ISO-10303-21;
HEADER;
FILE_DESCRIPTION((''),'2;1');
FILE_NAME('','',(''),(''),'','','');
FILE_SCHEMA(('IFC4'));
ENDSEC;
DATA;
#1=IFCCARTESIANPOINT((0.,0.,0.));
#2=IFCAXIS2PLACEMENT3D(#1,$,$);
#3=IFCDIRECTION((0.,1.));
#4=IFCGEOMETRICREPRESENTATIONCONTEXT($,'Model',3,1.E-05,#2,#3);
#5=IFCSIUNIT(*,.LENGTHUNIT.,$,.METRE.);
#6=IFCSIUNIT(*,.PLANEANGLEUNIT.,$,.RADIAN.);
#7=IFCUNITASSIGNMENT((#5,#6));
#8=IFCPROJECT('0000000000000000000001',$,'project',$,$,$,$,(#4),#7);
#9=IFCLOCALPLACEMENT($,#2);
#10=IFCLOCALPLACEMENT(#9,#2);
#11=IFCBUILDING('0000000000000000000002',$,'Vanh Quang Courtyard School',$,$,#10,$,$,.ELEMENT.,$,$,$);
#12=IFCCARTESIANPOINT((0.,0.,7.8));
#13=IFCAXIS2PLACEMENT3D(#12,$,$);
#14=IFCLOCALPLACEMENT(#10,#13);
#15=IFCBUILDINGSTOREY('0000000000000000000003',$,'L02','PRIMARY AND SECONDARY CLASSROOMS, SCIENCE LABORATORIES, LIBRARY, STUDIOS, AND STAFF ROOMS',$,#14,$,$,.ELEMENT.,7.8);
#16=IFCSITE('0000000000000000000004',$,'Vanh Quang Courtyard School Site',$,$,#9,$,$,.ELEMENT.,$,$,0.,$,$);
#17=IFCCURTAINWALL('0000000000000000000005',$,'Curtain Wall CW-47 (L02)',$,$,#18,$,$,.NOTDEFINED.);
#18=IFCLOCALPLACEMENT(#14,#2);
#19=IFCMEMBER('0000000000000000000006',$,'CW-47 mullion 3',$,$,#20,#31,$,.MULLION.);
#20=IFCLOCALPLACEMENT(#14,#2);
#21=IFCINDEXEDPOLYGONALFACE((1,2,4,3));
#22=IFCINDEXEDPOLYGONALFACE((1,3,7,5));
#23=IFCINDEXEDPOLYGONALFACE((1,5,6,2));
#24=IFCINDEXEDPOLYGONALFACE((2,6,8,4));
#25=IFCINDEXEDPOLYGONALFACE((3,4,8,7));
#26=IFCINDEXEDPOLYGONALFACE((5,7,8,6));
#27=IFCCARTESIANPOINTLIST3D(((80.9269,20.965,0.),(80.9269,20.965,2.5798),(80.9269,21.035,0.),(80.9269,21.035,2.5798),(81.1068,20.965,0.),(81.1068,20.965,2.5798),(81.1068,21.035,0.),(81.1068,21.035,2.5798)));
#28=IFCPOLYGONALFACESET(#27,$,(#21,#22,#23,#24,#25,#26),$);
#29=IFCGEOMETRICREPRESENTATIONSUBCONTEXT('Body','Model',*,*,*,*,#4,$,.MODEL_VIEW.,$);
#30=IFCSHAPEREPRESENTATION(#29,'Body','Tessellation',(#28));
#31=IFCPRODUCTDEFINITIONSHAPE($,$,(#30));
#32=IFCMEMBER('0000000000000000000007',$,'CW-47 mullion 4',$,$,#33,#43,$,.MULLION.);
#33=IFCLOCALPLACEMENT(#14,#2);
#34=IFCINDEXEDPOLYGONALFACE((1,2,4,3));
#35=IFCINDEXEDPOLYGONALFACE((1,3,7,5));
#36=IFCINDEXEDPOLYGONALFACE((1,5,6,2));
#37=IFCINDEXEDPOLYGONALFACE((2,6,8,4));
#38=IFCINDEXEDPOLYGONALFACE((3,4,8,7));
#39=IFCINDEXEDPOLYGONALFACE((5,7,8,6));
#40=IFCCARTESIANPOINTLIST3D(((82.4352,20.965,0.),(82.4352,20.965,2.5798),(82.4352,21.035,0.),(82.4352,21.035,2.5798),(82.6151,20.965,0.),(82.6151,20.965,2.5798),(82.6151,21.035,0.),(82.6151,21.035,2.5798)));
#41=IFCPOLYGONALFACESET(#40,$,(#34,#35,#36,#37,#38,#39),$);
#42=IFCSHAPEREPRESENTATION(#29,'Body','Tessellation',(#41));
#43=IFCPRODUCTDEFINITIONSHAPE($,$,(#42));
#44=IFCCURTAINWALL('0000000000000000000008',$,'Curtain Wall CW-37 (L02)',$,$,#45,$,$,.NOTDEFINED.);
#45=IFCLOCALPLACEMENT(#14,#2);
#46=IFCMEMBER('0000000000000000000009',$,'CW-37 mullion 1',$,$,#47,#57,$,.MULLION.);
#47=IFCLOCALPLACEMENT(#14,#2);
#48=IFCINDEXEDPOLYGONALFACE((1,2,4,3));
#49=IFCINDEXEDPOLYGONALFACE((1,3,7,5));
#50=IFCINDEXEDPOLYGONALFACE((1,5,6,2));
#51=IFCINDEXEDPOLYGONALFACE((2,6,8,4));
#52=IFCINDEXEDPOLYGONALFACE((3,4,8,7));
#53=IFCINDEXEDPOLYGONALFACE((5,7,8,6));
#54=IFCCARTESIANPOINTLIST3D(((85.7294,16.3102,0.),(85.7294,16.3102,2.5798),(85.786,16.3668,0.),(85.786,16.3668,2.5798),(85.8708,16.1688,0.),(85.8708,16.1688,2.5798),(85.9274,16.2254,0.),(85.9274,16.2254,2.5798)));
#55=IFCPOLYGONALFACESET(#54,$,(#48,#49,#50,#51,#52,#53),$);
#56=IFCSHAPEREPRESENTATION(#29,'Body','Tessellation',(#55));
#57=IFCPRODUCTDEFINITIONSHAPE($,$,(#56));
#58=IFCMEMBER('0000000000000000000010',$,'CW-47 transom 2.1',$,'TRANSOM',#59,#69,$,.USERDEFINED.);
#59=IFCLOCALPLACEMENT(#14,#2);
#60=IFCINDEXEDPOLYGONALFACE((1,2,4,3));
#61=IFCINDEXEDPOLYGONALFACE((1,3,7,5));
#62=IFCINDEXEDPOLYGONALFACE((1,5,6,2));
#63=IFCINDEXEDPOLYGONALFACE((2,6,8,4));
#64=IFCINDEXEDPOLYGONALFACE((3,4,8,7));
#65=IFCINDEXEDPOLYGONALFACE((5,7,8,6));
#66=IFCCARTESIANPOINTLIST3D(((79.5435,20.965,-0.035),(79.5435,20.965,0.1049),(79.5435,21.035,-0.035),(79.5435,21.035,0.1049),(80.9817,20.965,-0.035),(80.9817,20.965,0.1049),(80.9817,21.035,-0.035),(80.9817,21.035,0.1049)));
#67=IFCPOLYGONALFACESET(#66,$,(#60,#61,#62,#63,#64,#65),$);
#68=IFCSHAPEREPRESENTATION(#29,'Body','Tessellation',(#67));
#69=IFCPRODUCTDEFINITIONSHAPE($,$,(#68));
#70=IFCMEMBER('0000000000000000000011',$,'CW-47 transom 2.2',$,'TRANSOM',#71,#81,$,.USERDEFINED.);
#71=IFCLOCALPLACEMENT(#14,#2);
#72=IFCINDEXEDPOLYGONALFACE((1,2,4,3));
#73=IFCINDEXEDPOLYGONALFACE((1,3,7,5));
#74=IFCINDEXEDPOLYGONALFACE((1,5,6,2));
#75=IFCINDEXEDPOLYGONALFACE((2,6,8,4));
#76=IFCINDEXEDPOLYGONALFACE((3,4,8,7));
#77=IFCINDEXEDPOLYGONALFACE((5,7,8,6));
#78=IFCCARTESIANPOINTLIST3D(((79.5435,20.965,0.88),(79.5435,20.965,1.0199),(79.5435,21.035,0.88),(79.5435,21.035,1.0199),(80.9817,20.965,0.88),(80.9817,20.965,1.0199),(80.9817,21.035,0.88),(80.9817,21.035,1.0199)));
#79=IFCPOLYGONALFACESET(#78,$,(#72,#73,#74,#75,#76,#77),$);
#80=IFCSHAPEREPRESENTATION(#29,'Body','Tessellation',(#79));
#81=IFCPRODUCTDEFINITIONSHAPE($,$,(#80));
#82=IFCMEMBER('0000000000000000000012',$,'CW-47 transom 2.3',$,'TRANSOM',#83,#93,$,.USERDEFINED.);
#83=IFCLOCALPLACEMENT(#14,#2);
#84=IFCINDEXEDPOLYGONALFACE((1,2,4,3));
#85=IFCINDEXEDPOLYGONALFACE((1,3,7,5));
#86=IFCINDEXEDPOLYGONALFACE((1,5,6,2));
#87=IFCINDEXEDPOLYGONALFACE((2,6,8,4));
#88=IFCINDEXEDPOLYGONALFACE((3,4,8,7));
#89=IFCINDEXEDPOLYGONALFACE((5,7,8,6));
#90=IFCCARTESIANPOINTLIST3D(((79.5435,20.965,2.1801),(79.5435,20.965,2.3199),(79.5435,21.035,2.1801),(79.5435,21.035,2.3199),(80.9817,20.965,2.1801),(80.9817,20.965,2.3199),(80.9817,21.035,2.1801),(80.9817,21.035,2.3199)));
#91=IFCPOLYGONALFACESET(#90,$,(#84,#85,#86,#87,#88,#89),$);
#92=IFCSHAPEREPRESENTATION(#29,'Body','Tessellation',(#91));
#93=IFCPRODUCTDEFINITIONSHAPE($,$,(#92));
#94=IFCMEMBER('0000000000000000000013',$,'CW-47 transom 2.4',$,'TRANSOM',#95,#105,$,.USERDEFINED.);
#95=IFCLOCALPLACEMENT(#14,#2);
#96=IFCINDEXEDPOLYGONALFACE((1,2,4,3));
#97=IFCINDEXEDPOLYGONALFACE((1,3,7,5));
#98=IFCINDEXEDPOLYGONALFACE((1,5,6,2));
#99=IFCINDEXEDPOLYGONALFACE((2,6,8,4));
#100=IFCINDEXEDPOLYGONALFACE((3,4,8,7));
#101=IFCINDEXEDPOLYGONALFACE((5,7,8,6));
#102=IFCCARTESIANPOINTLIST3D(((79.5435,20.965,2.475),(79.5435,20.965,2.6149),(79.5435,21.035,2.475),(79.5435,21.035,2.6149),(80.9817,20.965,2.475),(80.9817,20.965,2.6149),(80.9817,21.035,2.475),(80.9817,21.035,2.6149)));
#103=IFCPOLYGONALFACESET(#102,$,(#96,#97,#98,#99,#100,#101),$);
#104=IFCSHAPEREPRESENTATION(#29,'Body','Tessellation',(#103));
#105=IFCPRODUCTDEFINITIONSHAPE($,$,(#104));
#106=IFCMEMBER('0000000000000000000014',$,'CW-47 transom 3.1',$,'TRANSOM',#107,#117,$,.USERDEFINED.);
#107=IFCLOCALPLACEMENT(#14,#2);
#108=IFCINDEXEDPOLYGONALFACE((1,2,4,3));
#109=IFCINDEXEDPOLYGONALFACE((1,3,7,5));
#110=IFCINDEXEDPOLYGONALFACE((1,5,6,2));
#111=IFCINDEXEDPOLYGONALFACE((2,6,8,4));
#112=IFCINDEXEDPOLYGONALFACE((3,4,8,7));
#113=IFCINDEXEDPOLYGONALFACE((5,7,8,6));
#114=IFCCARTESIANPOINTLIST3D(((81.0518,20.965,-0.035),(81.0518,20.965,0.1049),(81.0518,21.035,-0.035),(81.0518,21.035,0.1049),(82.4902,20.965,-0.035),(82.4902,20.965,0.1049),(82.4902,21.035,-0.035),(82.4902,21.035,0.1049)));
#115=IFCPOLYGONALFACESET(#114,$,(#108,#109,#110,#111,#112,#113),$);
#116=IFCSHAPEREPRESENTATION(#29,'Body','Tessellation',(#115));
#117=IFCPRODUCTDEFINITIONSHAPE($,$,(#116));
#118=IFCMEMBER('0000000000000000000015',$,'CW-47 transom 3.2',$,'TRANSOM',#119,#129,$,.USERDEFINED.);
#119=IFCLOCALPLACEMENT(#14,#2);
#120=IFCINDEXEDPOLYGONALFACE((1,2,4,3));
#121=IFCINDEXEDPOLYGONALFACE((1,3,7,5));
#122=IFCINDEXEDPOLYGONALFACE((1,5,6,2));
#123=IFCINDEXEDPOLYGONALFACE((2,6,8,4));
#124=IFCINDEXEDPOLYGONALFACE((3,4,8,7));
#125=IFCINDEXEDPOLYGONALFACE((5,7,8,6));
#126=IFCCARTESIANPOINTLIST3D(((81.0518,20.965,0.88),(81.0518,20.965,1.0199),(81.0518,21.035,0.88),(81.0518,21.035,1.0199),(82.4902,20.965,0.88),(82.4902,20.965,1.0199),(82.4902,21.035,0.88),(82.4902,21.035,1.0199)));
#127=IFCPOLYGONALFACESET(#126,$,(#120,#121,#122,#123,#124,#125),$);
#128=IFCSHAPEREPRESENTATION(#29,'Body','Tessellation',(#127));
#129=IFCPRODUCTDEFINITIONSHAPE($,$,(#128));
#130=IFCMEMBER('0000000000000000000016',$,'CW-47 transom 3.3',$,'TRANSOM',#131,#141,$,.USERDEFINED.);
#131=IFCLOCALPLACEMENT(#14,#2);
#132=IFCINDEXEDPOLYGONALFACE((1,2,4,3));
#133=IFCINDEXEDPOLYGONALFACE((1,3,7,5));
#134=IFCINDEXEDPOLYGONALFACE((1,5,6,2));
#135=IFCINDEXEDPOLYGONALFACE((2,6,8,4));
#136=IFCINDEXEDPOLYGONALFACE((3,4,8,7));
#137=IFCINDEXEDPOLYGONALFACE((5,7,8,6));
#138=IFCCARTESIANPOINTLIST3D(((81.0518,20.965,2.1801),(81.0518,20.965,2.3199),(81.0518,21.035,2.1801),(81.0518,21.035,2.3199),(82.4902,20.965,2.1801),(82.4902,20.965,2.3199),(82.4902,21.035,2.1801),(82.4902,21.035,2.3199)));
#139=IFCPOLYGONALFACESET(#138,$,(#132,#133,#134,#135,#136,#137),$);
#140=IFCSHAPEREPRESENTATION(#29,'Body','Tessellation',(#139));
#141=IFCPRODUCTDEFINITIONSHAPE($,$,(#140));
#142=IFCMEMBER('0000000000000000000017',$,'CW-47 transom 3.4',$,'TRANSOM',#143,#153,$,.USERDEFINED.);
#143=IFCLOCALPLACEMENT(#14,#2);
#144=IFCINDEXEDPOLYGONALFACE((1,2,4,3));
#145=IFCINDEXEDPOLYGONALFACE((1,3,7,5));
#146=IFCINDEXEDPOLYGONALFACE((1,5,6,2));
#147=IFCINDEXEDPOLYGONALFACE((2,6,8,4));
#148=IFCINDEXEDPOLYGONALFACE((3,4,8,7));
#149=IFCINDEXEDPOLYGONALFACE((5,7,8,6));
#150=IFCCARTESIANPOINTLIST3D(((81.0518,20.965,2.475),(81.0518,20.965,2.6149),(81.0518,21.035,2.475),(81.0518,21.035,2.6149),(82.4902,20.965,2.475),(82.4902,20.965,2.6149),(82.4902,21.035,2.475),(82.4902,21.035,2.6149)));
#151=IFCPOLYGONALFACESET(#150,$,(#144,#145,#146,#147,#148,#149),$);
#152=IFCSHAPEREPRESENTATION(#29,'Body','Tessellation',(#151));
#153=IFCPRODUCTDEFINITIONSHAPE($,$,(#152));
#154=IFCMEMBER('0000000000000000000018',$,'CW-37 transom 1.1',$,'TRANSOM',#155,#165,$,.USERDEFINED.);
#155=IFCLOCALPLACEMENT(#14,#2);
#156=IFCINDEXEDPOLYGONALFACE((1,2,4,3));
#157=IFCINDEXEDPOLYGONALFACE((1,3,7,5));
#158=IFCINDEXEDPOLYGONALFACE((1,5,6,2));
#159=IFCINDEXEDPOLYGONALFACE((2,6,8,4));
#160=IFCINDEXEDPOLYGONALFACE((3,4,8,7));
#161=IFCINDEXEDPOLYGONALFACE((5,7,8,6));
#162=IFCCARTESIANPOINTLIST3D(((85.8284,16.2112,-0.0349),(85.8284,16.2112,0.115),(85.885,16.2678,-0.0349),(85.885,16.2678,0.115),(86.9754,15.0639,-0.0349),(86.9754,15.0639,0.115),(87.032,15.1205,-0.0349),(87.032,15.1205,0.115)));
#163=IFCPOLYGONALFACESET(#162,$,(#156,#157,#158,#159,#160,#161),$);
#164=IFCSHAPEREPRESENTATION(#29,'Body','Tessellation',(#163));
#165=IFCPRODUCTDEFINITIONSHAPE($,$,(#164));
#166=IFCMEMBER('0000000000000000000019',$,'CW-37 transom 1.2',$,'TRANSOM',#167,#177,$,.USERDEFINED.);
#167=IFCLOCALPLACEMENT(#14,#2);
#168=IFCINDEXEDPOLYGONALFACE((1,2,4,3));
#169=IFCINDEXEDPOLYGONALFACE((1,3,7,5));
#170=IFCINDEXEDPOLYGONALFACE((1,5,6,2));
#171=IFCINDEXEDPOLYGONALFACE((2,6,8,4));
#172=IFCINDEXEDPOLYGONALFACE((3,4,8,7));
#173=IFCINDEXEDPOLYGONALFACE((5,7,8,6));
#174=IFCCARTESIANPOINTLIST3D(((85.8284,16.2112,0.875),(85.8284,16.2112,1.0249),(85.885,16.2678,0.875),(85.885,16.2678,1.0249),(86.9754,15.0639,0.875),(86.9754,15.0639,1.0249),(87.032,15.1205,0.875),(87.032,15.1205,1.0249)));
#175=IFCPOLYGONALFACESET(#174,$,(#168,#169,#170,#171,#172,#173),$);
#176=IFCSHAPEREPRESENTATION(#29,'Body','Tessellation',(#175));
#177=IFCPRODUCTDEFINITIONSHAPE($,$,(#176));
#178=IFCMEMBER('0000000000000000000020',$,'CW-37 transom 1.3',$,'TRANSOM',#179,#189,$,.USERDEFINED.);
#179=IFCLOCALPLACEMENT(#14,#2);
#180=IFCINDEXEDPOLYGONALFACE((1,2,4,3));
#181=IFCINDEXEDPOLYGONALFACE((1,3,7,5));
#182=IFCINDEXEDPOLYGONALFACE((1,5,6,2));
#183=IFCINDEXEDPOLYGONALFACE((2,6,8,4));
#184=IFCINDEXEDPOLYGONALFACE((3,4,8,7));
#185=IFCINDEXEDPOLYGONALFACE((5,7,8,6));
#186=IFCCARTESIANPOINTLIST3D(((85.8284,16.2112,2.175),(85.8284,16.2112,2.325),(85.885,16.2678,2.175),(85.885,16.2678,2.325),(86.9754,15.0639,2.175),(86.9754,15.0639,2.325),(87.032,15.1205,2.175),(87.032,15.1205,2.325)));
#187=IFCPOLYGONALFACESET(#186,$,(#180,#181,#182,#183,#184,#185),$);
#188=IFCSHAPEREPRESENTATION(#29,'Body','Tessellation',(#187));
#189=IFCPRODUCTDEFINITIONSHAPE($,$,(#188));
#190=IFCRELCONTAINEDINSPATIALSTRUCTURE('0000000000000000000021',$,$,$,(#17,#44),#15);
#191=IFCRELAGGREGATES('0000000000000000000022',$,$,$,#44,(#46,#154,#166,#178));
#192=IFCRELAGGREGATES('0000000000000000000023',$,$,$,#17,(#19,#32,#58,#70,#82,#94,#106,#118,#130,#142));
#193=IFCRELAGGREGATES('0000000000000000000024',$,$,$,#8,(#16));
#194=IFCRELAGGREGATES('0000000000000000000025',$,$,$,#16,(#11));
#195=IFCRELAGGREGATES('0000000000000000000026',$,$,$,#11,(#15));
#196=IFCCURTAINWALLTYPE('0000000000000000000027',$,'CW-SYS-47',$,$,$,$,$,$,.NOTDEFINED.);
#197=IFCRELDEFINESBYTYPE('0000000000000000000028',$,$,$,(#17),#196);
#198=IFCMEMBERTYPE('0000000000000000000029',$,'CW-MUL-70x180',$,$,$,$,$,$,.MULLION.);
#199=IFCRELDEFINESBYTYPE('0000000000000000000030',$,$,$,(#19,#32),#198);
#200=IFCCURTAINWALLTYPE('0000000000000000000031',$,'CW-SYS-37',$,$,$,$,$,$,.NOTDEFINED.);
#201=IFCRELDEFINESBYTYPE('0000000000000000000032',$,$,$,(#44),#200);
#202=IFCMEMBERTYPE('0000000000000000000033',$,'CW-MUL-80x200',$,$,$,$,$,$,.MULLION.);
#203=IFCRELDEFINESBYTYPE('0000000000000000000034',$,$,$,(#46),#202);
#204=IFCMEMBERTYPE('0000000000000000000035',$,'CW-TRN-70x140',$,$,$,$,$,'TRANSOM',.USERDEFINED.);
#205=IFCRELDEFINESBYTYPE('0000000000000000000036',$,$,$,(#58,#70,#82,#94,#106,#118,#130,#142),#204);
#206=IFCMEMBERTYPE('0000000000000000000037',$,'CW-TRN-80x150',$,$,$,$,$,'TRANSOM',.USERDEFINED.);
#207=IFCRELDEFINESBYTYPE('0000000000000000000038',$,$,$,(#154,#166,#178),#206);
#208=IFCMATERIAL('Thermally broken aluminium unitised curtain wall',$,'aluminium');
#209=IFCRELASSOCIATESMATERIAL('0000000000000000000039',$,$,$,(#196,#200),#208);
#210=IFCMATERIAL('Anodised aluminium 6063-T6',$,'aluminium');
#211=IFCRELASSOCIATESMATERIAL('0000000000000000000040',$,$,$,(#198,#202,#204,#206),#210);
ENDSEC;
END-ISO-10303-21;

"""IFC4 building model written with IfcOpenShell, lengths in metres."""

from ifc_helpers import new_model, si_unit, direction, frame, origin, origin_2d, place, context, subcontext, project, spatial, rectangle, extrude, material, material_profile, profile_set, type_object, element, aggregate, save


model = new_model("IFC4")

# Units and contexts
model_context = context("Model", 3, precision=1e-05, world=origin(), true_north=direction((0.0, 1.0)))
body_context = subcontext(model_context, "Body", "Model", "MODEL_VIEW")
ifc_project = project(units=[si_unit("LENGTHUNIT", "METRE"), si_unit("PLANEANGLEUNIT", "RADIAN")], contexts=[model_context])

# Site, building, storey
site_placement = place(None, origin())
site = spatial("IfcSite", under=ifc_project, at=site_placement, Name="Vanh Quang Courtyard School Site", CompositionType="ELEMENT", RefElevation=0.0)
building_placement = place(site_placement, origin())
building = spatial("IfcBuilding", under=site, at=building_placement, Name="Vanh Quang Courtyard School", CompositionType="ELEMENT")
storey_placement = place(building_placement, frame((0.0, 0.0, 7.8)))
storey = spatial("IfcBuildingStorey", under=building, at=storey_placement, Name="L02", Description="PRIMARY AND SECONDARY CLASSROOMS, SCIENCE LABORATORIES, LIBRARY, STUDIOS, AND STAFF ROOMS", CompositionType="ELEMENT", Elevation=7.8)

# Curtain wall, members
ifc_material_1 = material(Name="Thermally broken aluminium unitised curtain wall", Category="aluminium")
curtain_wall_type_1 = type_object("IfcCurtainWallType", Name="CW-SYS-47", PredefinedType="NOTDEFINED", material=ifc_material_1)
curtain_wall_1_placement = place(storey_placement, origin())
curtain_wall_1 = element("IfcCurtainWall", 1, at=curtain_wall_1_placement, inside=storey, type_object=curtain_wall_type_1, Name="Curtain Wall CW-47 (L02)", PredefinedType="NOTDEFINED")
ifc_material_2 = material(Name="Anodised aluminium 6063-T6", Category="aluminium")
ifc_material_profile_1 = material_profile(ifc_material_2, rectangle(XDim=0.0701, YDim=0.1799, at=origin_2d()), Name="ALU-MUL 70x180")
ifc_profile_set_1 = profile_set([ifc_material_profile_1], Name="Anodised aluminium 6063-T6")
member_type_1 = type_object("IfcMemberType", Name="CW-MUL-70x180", PredefinedType="MULLION", material=ifc_profile_set_1)
member_1_placement = place(storey_placement, frame((81.0168, 21.0, 0.0), z_axis=(0.0, 0.0, 1.0), x_axis=(0.0, 1.0, 0.0)))
member_1 = element("IfcMember", 2, at=member_1_placement, type_object=member_type_1, Name="CW-47 mullion 3", PredefinedType="MULLION", context=body_context, shape_type="SweptSolid", body=[
    extrude(rectangle(XDim=0.0701, YDim=0.1799, at=origin_2d()), origin(), (0.0, 0.0, 1.0), 2.5798),
])
member_2_placement = place(storey_placement, frame((82.5251, 21.0, 0.0), z_axis=(0.0, 0.0, 1.0), x_axis=(0.0, 1.0, 0.0)))
member_2 = element("IfcMember", 3, at=member_2_placement, type_object=member_type_1, Name="CW-47 mullion 4", PredefinedType="MULLION", context=body_context, shape_type="SweptSolid", body=[
    extrude(rectangle(XDim=0.0701, YDim=0.1799, at=origin_2d()), origin(), (0.0, 0.0, 1.0), 2.5798),
])

# Curtain wall, member
curtain_wall_type_2 = type_object("IfcCurtainWallType", Name="CW-SYS-37", PredefinedType="NOTDEFINED", material=ifc_material_1)
curtain_wall_2_placement = place(storey_placement, origin())
curtain_wall_2 = element("IfcCurtainWall", 4, at=curtain_wall_2_placement, inside=storey, type_object=curtain_wall_type_2, Name="Curtain Wall CW-37 (L02)", PredefinedType="NOTDEFINED")
ifc_material_profile_2 = material_profile(ifc_material_2, rectangle(XDim=0.0801, YDim=0.2, at=origin_2d()), Name="ALU-MUL 80x200")
ifc_profile_set_2 = profile_set([ifc_material_profile_2], Name="Anodised aluminium 6063-T6")
member_type_2 = type_object("IfcMemberType", Name="CW-MUL-80x200", PredefinedType="MULLION", material=ifc_profile_set_2)
member_3_placement = place(storey_placement, frame((85.8284, 16.2678, 0.0), z_axis=(0.0, 0.0, 1.0), x_axis=(0.707107, 0.707107, 0.0)))
member_3 = element("IfcMember", 5, at=member_3_placement, type_object=member_type_2, Name="CW-37 mullion 1", PredefinedType="MULLION", context=body_context, shape_type="SweptSolid", body=[
    extrude(rectangle(XDim=0.0801, YDim=0.2, at=origin_2d()), origin(), (0.0, 0.0, 1.0), 2.5798),
])

# Members
ifc_material_profile_3 = material_profile(ifc_material_2, rectangle(XDim=0.0701, YDim=0.1399, at=origin_2d()), Name="ALU-TRN 70x140")
ifc_profile_set_3 = profile_set([ifc_material_profile_3], Name="Anodised aluminium 6063-T6")
member_type_3 = type_object("IfcMemberType", Name="CW-TRN-70x140", ElementType="TRANSOM", PredefinedType="USERDEFINED", material=ifc_profile_set_3)
member_4_placement = place(storey_placement, frame((79.5435, 21.0, 0.0349), z_axis=(1.0, 0.0, 0.0), x_axis=(0.0, 1.0, 0.0)))
member_4 = element("IfcMember", 6, at=member_4_placement, type_object=member_type_3, Name="CW-47 transom 2.1", ObjectType="TRANSOM", PredefinedType="USERDEFINED", context=body_context, shape_type="SweptSolid", body=[
    extrude(rectangle(XDim=0.0701, YDim=0.1399, at=origin_2d()), origin(), (0.0, 0.0, 1.0), 1.4382),
])
member_5_placement = place(storey_placement, frame((79.5435, 21.0, 0.95), z_axis=(1.0, 0.0, 0.0), x_axis=(0.0, 1.0, 0.0)))
member_5 = element("IfcMember", 7, at=member_5_placement, type_object=member_type_3, Name="CW-47 transom 2.2", ObjectType="TRANSOM", PredefinedType="USERDEFINED", context=body_context, shape_type="SweptSolid", body=[
    extrude(rectangle(XDim=0.0701, YDim=0.1399, at=origin_2d()), origin(), (0.0, 0.0, 1.0), 1.4382),
])
member_6_placement = place(storey_placement, frame((79.5435, 21.0, 2.25), z_axis=(1.0, 0.0, 0.0), x_axis=(0.0, 1.0, 0.0)))
member_6 = element("IfcMember", 8, at=member_6_placement, type_object=member_type_3, Name="CW-47 transom 2.3", ObjectType="TRANSOM", PredefinedType="USERDEFINED", context=body_context, shape_type="SweptSolid", body=[
    extrude(rectangle(XDim=0.0701, YDim=0.1399, at=origin_2d()), origin(), (0.0, 0.0, 1.0), 1.4382),
])
member_7_placement = place(storey_placement, frame((79.5435, 21.0, 2.5449), z_axis=(1.0, 0.0, 0.0), x_axis=(0.0, 1.0, 0.0)))
member_7 = element("IfcMember", 9, at=member_7_placement, type_object=member_type_3, Name="CW-47 transom 2.4", ObjectType="TRANSOM", PredefinedType="USERDEFINED", context=body_context, shape_type="SweptSolid", body=[
    extrude(rectangle(XDim=0.0701, YDim=0.1399, at=origin_2d()), origin(), (0.0, 0.0, 1.0), 1.4382),
])
member_8_placement = place(storey_placement, frame((81.0518, 21.0, 0.0349), z_axis=(1.0, 0.0, 0.0), x_axis=(0.0, 1.0, 0.0)))
member_8 = element("IfcMember", 10, at=member_8_placement, type_object=member_type_3, Name="CW-47 transom 3.1", ObjectType="TRANSOM", PredefinedType="USERDEFINED", context=body_context, shape_type="SweptSolid", body=[
    extrude(rectangle(XDim=0.0701, YDim=0.1399, at=origin_2d()), origin(), (0.0, 0.0, 1.0), 1.4385),
])
member_9_placement = place(storey_placement, frame((81.0518, 21.0, 0.95), z_axis=(1.0, 0.0, 0.0), x_axis=(0.0, 1.0, 0.0)))
member_9 = element("IfcMember", 11, at=member_9_placement, type_object=member_type_3, Name="CW-47 transom 3.2", ObjectType="TRANSOM", PredefinedType="USERDEFINED", context=body_context, shape_type="SweptSolid", body=[
    extrude(rectangle(XDim=0.0701, YDim=0.1399, at=origin_2d()), origin(), (0.0, 0.0, 1.0), 1.4385),
])
member_10_placement = place(storey_placement, frame((81.0518, 21.0, 2.25), z_axis=(1.0, 0.0, 0.0), x_axis=(0.0, 1.0, 0.0)))
member_10 = element("IfcMember", 12, at=member_10_placement, type_object=member_type_3, Name="CW-47 transom 3.3", ObjectType="TRANSOM", PredefinedType="USERDEFINED", context=body_context, shape_type="SweptSolid", body=[
    extrude(rectangle(XDim=0.0701, YDim=0.1399, at=origin_2d()), origin(), (0.0, 0.0, 1.0), 1.4385),
])
member_11_placement = place(storey_placement, frame((81.0518, 21.0, 2.5449), z_axis=(1.0, 0.0, 0.0), x_axis=(0.0, 1.0, 0.0)))
member_11 = element("IfcMember", 13, at=member_11_placement, type_object=member_type_3, Name="CW-47 transom 3.4", ObjectType="TRANSOM", PredefinedType="USERDEFINED", context=body_context, shape_type="SweptSolid", body=[
    extrude(rectangle(XDim=0.0701, YDim=0.1399, at=origin_2d()), origin(), (0.0, 0.0, 1.0), 1.4385),
])
ifc_material_profile_4 = material_profile(ifc_material_2, rectangle(XDim=0.0801, YDim=0.1499, at=origin_2d()), Name="ALU-TRN 80x150")
ifc_profile_set_4 = profile_set([ifc_material_profile_4], Name="Anodised aluminium 6063-T6")
member_type_4 = type_object("IfcMemberType", Name="CW-TRN-80x150", ElementType="TRANSOM", PredefinedType="USERDEFINED", material=ifc_profile_set_4)
member_12_placement = place(storey_placement, frame((85.8567, 16.2395, 0.04), z_axis=(0.707032, -0.707182, 0.0), x_axis=(0.707182, 0.707032, 0.0)))
member_12 = element("IfcMember", 14, at=member_12_placement, type_object=member_type_4, Name="CW-37 transom 1.1", ObjectType="TRANSOM", PredefinedType="USERDEFINED", context=body_context, shape_type="SweptSolid", body=[
    extrude(rectangle(XDim=0.0801, YDim=0.1499, at=origin_2d()), origin(), (0.0, 0.0, 1.0), 1.6223),
])
member_13_placement = place(storey_placement, frame((85.8567, 16.2395, 0.95), z_axis=(0.707032, -0.707182, 0.0), x_axis=(0.707182, 0.707032, 0.0)))
member_13 = element("IfcMember", 15, at=member_13_placement, type_object=member_type_4, Name="CW-37 transom 1.2", ObjectType="TRANSOM", PredefinedType="USERDEFINED", context=body_context, shape_type="SweptSolid", body=[
    extrude(rectangle(XDim=0.0801, YDim=0.1499, at=origin_2d()), origin(), (0.0, 0.0, 1.0), 1.6223),
])
member_14_placement = place(storey_placement, frame((85.8567, 16.2395, 2.25), z_axis=(0.707032, -0.707182, 0.0), x_axis=(0.707182, 0.707032, 0.0)))
member_14 = element("IfcMember", 16, at=member_14_placement, type_object=member_type_4, Name="CW-37 transom 1.3", ObjectType="TRANSOM", PredefinedType="USERDEFINED", context=body_context, shape_type="SweptSolid", body=[
    extrude(rectangle(XDim=0.0801, YDim=0.1499, at=origin_2d()), origin(), (0.0, 0.0, 1.0), 1.6223),
])

aggregate(curtain_wall_2, [member_3, member_12, member_13, member_14])
aggregate(curtain_wall_1, [member_1, member_2, member_4, member_5, member_6, member_7, member_8, member_9, member_10, member_11])

save(model, "model.ifc")
